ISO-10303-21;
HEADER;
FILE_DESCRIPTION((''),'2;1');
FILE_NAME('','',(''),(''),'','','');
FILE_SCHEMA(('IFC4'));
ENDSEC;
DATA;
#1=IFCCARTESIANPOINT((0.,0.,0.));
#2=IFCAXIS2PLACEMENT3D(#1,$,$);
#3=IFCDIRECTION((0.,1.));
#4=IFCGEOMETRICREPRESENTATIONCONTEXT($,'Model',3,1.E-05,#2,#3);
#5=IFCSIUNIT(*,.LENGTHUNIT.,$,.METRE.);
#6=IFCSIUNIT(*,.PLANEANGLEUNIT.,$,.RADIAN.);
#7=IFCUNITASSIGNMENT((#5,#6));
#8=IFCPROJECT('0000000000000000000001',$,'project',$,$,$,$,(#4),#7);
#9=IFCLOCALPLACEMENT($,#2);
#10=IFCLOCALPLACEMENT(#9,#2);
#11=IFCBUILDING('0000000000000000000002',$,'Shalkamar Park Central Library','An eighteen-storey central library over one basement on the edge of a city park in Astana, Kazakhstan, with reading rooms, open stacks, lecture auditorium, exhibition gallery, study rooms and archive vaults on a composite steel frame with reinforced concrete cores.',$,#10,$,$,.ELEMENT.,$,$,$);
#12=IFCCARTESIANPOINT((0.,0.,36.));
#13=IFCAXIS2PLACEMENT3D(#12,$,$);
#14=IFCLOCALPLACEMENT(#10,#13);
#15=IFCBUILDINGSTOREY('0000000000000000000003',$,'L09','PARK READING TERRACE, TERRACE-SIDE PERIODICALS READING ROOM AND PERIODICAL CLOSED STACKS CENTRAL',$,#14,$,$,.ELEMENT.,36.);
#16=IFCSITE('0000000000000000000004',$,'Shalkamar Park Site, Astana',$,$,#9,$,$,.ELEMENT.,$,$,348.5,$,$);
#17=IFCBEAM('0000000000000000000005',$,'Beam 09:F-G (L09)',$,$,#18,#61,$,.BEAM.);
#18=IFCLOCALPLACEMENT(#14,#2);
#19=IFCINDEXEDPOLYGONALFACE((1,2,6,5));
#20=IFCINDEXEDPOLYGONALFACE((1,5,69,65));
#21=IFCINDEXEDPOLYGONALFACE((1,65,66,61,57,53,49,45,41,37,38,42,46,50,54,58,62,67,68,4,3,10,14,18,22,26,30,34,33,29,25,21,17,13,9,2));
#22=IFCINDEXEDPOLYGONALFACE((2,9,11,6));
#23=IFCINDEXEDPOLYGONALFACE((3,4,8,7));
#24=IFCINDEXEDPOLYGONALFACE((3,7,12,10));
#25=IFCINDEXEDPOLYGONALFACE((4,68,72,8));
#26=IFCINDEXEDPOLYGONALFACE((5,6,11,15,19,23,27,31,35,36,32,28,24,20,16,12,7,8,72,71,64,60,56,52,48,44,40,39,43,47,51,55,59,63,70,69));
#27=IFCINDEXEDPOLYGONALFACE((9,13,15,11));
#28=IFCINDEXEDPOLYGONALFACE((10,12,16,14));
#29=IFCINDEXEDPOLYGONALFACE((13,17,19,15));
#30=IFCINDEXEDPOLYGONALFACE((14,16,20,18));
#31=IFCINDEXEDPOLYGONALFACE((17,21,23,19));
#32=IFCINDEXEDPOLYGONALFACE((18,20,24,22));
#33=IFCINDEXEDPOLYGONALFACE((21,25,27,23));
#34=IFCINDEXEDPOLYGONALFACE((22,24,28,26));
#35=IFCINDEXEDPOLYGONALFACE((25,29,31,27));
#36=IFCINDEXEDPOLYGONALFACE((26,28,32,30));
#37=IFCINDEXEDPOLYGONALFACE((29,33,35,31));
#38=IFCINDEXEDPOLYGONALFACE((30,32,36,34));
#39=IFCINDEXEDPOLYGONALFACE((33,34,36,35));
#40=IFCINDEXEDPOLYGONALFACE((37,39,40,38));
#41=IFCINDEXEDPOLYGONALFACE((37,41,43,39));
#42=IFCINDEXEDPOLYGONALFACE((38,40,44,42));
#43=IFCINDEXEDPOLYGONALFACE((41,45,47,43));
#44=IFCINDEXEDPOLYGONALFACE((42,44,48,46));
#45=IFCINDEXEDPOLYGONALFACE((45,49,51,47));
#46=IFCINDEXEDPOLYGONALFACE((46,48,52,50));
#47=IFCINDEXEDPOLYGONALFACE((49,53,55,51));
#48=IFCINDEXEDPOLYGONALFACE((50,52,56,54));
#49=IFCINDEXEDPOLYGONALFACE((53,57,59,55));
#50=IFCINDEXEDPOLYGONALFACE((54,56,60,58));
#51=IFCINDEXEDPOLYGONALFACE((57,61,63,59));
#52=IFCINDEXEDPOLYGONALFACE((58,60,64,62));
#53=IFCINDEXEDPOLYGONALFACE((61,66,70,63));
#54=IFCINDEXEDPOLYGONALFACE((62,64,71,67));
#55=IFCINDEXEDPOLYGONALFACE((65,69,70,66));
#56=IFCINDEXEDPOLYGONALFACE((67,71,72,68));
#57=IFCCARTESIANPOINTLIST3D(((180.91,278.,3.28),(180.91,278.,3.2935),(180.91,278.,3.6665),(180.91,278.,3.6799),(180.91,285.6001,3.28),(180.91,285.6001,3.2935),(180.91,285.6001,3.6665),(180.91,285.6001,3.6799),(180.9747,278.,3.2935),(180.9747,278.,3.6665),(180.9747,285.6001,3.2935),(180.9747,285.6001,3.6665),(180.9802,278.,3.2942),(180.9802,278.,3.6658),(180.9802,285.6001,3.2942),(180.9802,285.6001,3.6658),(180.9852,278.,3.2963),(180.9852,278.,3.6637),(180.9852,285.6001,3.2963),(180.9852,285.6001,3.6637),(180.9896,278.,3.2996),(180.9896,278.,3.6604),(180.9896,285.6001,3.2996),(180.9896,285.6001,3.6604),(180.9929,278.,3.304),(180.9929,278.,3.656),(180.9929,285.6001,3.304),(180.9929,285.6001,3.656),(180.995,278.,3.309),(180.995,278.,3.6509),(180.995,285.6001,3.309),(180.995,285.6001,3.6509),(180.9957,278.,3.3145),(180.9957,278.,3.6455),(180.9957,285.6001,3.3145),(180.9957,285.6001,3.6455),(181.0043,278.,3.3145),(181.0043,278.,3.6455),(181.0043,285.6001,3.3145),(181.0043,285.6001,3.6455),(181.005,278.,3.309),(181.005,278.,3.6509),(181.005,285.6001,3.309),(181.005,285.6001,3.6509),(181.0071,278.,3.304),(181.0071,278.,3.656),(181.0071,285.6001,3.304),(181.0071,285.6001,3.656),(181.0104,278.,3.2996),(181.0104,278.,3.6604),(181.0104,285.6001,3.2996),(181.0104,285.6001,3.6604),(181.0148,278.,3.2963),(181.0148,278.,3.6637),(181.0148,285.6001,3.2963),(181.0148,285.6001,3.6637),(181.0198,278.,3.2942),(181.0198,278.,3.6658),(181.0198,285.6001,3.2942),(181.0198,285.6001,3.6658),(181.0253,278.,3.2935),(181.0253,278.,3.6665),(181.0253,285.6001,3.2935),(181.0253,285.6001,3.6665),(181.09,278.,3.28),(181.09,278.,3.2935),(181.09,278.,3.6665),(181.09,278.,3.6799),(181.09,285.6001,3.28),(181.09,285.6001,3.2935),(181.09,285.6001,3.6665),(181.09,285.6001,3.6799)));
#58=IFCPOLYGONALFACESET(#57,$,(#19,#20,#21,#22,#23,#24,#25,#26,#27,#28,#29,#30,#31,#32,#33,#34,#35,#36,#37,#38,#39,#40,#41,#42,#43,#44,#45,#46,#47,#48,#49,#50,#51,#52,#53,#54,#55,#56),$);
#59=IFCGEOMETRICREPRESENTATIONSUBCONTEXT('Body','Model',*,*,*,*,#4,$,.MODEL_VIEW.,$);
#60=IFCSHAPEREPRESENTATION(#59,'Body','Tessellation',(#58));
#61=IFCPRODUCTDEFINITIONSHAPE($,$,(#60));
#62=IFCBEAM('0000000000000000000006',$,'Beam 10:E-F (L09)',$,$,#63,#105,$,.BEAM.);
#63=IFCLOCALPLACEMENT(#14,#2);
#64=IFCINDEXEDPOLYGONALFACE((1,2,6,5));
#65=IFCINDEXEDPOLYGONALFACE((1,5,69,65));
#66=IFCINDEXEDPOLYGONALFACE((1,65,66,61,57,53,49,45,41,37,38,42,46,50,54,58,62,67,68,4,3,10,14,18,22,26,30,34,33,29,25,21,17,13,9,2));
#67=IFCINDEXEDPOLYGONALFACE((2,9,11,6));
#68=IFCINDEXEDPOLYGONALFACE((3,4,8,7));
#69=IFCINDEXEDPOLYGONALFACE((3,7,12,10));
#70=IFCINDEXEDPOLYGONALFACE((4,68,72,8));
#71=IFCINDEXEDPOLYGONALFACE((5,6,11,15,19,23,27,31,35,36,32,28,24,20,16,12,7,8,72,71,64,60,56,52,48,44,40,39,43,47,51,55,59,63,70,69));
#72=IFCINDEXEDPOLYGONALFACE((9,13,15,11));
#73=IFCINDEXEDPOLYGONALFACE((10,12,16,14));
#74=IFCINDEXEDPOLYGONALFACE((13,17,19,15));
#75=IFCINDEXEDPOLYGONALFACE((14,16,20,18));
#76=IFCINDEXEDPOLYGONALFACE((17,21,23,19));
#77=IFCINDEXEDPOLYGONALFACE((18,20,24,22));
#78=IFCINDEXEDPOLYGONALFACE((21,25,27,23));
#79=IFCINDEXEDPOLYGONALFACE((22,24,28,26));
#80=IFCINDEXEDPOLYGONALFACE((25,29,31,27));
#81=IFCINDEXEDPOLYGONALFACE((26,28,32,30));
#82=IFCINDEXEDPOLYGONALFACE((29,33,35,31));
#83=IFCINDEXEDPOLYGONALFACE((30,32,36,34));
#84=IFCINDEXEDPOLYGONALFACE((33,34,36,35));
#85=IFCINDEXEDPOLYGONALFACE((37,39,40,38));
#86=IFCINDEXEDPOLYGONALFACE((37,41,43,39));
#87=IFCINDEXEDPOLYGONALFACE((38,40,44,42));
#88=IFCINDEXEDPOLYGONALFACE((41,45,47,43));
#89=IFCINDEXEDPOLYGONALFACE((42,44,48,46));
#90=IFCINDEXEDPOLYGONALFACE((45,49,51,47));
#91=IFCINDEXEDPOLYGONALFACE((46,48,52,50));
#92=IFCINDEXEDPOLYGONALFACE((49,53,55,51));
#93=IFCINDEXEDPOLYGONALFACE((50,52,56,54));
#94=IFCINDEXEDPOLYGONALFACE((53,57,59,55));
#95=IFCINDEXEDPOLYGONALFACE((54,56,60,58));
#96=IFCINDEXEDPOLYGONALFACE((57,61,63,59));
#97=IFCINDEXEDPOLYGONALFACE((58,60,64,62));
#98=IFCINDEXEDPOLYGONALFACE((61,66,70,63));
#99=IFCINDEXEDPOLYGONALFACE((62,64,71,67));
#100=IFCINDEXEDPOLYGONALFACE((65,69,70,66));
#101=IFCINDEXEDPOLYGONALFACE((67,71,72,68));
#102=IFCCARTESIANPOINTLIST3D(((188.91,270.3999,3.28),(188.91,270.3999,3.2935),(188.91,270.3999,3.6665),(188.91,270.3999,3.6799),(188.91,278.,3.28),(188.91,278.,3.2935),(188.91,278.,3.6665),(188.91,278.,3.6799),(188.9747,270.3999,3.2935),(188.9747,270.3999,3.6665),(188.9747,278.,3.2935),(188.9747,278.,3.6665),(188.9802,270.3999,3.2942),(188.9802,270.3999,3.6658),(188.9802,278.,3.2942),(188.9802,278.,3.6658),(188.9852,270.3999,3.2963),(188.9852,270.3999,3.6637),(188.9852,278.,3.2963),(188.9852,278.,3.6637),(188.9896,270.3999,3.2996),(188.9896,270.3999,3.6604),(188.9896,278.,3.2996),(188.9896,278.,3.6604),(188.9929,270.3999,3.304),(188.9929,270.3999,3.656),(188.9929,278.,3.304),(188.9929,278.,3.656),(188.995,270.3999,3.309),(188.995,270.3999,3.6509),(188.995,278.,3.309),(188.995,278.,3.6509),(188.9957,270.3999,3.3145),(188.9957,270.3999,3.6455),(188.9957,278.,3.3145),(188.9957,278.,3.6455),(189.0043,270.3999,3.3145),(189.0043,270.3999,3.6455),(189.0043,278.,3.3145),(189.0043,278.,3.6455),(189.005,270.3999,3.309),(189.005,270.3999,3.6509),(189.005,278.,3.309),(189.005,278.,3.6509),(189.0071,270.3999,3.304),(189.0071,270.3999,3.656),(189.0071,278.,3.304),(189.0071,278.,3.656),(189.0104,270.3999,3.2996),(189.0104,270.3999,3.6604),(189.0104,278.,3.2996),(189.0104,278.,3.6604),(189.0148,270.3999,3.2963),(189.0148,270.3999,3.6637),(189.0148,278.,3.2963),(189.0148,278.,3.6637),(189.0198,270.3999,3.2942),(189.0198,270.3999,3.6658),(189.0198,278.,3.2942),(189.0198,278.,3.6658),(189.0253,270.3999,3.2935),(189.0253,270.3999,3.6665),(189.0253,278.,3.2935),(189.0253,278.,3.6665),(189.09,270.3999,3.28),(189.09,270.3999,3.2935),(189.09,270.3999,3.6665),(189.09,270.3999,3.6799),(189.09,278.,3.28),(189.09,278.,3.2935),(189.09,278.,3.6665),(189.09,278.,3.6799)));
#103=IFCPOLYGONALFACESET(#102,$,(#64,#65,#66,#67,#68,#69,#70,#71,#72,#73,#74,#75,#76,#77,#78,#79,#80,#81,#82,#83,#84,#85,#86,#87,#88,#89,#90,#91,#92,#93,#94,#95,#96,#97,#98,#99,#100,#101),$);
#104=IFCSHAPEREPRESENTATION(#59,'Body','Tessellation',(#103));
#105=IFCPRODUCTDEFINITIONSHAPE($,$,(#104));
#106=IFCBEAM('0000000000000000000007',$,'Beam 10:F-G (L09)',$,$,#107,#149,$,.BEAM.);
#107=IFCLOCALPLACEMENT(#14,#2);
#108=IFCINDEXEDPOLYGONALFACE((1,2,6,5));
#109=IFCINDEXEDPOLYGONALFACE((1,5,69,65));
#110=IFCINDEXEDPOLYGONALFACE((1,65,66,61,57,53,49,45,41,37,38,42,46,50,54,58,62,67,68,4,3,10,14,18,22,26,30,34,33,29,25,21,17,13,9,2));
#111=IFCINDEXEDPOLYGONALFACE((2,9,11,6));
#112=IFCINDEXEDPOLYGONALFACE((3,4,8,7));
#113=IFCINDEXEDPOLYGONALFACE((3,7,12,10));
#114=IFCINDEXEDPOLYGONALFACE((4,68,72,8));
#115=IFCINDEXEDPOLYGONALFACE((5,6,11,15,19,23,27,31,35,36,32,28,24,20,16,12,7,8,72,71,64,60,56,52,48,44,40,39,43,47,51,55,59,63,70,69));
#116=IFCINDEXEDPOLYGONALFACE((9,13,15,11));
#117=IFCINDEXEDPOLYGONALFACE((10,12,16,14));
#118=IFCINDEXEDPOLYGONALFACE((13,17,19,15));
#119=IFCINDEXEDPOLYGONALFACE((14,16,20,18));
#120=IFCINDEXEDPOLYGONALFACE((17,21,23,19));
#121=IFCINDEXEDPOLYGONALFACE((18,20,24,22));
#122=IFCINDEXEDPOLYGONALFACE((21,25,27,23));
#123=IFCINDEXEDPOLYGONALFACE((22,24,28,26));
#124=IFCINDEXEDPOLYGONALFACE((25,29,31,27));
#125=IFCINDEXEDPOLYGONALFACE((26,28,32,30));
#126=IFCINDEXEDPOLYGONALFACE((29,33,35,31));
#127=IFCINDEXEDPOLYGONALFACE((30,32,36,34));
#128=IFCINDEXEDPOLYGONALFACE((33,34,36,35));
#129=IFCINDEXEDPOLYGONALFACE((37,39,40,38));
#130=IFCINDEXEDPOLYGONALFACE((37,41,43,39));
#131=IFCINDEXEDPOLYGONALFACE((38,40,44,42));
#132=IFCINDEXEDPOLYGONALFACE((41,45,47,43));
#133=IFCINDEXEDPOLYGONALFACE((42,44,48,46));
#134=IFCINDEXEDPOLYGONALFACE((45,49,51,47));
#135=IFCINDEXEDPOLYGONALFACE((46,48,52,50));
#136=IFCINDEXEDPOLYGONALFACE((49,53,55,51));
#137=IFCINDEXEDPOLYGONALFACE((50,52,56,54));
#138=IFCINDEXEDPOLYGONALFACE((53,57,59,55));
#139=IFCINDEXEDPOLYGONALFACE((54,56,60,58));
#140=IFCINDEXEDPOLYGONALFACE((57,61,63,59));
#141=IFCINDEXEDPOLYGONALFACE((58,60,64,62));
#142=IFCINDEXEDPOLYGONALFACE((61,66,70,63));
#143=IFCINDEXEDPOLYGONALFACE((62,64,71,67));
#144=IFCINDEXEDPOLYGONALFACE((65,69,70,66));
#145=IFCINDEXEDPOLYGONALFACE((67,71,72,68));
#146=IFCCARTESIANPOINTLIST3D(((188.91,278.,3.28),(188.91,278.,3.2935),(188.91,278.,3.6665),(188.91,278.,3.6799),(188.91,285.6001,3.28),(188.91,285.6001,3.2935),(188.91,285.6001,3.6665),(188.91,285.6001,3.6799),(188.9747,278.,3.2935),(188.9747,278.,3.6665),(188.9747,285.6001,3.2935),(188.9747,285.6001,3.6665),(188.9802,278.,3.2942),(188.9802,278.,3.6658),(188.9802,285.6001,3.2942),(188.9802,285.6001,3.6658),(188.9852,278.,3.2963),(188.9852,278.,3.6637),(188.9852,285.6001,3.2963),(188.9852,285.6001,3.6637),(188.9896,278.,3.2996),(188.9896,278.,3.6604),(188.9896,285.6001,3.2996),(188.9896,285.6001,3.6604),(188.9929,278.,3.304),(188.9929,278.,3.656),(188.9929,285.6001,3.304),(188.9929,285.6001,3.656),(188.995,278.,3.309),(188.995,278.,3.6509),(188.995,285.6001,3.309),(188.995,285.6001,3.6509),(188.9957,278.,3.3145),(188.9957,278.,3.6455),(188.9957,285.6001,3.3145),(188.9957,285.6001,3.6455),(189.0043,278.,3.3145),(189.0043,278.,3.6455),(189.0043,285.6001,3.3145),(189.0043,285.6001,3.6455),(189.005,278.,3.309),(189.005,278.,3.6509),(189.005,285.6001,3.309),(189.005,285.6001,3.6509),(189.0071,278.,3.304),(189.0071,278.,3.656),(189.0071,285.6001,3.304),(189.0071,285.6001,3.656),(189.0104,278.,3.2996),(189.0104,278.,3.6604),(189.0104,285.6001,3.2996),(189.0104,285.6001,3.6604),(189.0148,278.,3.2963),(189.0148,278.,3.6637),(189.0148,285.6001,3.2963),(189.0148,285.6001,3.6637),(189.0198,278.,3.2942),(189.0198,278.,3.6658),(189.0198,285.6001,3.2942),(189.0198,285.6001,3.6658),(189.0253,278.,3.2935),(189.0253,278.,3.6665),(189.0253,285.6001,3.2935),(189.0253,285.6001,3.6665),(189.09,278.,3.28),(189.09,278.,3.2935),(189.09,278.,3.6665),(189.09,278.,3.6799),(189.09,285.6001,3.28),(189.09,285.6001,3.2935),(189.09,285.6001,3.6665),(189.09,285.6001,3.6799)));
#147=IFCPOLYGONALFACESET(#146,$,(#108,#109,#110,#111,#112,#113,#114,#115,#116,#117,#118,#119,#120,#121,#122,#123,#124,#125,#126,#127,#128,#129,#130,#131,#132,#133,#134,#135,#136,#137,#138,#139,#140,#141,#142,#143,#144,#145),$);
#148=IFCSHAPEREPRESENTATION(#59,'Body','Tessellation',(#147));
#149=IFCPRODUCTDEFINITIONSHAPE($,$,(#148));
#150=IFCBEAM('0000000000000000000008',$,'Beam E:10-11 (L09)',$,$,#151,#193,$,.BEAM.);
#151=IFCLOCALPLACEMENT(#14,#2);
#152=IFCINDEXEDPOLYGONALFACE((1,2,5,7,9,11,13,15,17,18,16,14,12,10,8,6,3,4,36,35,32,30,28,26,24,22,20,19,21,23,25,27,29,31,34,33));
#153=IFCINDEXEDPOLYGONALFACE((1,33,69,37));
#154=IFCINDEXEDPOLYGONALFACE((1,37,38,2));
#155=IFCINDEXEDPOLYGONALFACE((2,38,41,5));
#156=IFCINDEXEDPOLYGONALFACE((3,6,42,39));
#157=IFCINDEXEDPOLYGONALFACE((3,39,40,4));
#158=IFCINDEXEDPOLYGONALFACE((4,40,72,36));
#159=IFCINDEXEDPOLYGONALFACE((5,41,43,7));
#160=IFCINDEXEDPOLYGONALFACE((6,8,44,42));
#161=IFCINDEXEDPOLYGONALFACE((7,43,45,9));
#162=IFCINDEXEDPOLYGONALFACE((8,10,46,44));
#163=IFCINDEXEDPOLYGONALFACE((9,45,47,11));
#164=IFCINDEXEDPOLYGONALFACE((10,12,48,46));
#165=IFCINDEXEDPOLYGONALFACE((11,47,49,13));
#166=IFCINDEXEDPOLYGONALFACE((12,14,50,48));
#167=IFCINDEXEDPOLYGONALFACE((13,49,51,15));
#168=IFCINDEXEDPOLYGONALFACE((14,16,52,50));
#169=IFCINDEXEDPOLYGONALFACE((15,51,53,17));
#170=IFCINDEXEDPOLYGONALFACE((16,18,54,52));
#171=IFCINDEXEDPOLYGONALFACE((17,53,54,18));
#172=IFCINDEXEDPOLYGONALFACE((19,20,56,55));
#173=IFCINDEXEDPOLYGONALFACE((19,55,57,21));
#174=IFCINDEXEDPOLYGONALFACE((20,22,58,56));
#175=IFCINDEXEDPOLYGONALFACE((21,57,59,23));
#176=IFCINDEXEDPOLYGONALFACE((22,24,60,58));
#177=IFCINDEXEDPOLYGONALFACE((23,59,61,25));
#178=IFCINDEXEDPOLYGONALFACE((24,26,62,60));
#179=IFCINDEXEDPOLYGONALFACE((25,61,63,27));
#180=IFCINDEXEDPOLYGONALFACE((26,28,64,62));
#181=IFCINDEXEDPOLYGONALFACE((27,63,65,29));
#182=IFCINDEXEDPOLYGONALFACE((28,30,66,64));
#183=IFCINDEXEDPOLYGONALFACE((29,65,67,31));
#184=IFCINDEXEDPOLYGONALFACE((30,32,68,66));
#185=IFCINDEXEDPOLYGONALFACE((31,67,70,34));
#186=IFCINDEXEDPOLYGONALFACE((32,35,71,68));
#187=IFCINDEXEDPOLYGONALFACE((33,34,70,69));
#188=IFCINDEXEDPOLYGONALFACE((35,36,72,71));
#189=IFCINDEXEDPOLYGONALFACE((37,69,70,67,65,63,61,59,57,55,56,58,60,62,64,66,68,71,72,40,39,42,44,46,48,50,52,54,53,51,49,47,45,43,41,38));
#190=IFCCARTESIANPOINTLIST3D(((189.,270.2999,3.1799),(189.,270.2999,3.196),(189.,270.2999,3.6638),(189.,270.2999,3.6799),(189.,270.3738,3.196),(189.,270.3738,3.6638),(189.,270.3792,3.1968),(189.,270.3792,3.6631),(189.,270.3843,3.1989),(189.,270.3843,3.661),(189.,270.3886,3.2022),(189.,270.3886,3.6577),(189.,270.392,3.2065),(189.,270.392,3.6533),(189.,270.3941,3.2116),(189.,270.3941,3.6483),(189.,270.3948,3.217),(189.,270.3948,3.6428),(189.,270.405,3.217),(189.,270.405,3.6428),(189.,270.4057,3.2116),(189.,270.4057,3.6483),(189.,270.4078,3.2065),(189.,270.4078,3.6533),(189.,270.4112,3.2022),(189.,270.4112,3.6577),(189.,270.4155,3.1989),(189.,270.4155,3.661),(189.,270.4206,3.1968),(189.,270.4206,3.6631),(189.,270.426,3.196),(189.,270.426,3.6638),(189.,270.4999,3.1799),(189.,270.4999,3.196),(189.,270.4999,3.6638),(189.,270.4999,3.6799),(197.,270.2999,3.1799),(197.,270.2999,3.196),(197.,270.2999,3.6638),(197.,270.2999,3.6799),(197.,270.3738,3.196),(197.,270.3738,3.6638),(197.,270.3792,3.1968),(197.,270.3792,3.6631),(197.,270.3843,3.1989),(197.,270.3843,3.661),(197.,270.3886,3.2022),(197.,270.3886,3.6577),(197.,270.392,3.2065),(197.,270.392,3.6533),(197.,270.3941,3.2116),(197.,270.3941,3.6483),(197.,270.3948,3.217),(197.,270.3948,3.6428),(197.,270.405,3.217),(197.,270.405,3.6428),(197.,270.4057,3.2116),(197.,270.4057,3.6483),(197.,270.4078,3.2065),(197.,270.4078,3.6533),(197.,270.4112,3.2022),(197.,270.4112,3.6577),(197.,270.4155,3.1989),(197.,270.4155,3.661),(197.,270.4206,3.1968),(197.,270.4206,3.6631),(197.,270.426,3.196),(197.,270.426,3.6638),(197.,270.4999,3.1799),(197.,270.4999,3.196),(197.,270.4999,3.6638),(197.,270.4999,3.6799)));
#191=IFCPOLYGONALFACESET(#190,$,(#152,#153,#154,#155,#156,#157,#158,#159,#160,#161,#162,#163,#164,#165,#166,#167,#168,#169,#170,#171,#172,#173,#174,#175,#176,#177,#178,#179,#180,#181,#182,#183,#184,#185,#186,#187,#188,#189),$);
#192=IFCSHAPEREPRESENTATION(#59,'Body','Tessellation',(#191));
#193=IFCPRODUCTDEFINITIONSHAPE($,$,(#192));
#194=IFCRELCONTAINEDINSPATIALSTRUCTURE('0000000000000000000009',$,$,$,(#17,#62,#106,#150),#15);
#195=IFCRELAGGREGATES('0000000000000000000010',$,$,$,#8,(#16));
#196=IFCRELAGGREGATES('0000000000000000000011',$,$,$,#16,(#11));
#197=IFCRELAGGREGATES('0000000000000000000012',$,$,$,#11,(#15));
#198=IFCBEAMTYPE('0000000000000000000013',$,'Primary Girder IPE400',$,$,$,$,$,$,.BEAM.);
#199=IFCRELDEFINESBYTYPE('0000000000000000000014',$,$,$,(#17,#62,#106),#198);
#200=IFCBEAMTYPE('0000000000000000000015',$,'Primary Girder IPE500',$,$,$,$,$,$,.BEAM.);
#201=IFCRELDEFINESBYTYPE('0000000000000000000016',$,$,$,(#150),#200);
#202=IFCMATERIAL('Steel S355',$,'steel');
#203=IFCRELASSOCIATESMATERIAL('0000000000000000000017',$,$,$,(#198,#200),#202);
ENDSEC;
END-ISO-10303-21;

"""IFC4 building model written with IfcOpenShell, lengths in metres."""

from ifc_helpers import new_model, si_unit, direction, frame, origin, origin_2d, place, context, subcontext, project, spatial, i_section, extrude, material, material_profile, profile_set, type_object, element, save


model = new_model("IFC4")

# Units and contexts
model_context = context("Model", 3, precision=1e-05, world=origin(), true_north=direction((0.0, 1.0)))
body_context = subcontext(model_context, "Body", "Model", "MODEL_VIEW")
ifc_project = project(units=[si_unit("LENGTHUNIT", "METRE"), si_unit("PLANEANGLEUNIT", "RADIAN")], contexts=[model_context])

# Site, building, storey
site_placement = place(None, origin())
site = spatial("IfcSite", under=ifc_project, at=site_placement, Name="Shalkamar Park Site, Astana", CompositionType="ELEMENT", RefElevation=348.5)
building_placement = place(site_placement, origin())
building = spatial("IfcBuilding", under=site, at=building_placement, Name="Shalkamar Park Central Library", Description="An eighteen-storey central library over one basement on the edge of a city park in Astana, Kazakhstan, with reading rooms, open stacks, lecture auditorium, exhibition gallery, study rooms and archive vaults on a composite steel frame with reinforced concrete cores.", CompositionType="ELEMENT")
storey_placement = place(building_placement, frame((0.0, 0.0, 36.0)))
storey = spatial("IfcBuildingStorey", under=building, at=storey_placement, Name="L09", Description="PARK READING TERRACE, TERRACE-SIDE PERIODICALS READING ROOM AND PERIODICAL CLOSED STACKS CENTRAL", CompositionType="ELEMENT", Elevation=36.0)

# Shared definitions
ifc_material_1 = material(Name="Steel S355", Category="steel")

# Beams
ifc_material_profile_1 = material_profile(ifc_material_1, i_section(OverallWidth=0.1799, OverallDepth=0.3999, WebThickness=0.0085, FlangeThickness=0.0134, FilletRadius=0.021, at=origin_2d()), Name="IPE 400")
ifc_profile_set_1 = profile_set([ifc_material_profile_1], Name="Steel S355")
beam_type_1 = type_object("IfcBeamType", Name="Primary Girder IPE400", PredefinedType="BEAM", material=ifc_profile_set_1)
for number, where, z_axis, x_axis, name in (
    (1, (181.0, 278.0, 3.48), (0.0, 1.0, 0.0), (-1.0, 0.0, 0.0), "Beam 09:F-G (L09)"),
    (2, (189.0, 270.3999, 3.48), (0.0, 1.0, 0.0), (-1.0, 0.0, 0.0), "Beam 10:E-F (L09)"),
    (3, (189.0, 278.0, 3.48), (0.0, 1.0, 0.0), (-1.0, 0.0, 0.0), "Beam 10:F-G (L09)"),
):
    element("IfcBeam", number, at=place(storey_placement, frame(where, z_axis=z_axis, x_axis=x_axis)), inside=storey, type_object=beam_type_1, Name=name, PredefinedType="BEAM", context=body_context, shape_type="SweptSolid", body=[
        extrude(i_section(OverallWidth=0.1799, OverallDepth=0.3999, WebThickness=0.0085, FlangeThickness=0.0134, FilletRadius=0.021, at=origin_2d()), origin(), (0.0, 0.0, 1.0), 7.6001),
    ])
ifc_material_profile_2 = material_profile(ifc_material_1, i_section(OverallWidth=0.2, OverallDepth=0.5, WebThickness=0.0103, FlangeThickness=0.0161, FilletRadius=0.021, at=origin_2d()), Name="IPE 500")
ifc_profile_set_2 = profile_set([ifc_material_profile_2], Name="Steel S355")
beam_type_2 = type_object("IfcBeamType", Name="Primary Girder IPE500", PredefinedType="BEAM", material=ifc_profile_set_2)
for number, where, z_axis, x_axis, name in (
    (4, (189.0, 270.3999, 3.4299), (1.0, 0.0, 0.0), (0.0, 1.0, 0.0), "Beam E:10-11 (L09)"),
):
    element("IfcBeam", number, at=place(storey_placement, frame(where, z_axis=z_axis, x_axis=x_axis)), inside=storey, type_object=beam_type_2, Name=name, PredefinedType="BEAM", context=body_context, shape_type="SweptSolid", body=[
        extrude(i_section(OverallWidth=0.2, OverallDepth=0.5, WebThickness=0.0103, FlangeThickness=0.0161, FilletRadius=0.021, at=origin_2d()), origin(), (0.0, 0.0, 1.0), 8.0),
    ])

save(model, "model.ifc")
